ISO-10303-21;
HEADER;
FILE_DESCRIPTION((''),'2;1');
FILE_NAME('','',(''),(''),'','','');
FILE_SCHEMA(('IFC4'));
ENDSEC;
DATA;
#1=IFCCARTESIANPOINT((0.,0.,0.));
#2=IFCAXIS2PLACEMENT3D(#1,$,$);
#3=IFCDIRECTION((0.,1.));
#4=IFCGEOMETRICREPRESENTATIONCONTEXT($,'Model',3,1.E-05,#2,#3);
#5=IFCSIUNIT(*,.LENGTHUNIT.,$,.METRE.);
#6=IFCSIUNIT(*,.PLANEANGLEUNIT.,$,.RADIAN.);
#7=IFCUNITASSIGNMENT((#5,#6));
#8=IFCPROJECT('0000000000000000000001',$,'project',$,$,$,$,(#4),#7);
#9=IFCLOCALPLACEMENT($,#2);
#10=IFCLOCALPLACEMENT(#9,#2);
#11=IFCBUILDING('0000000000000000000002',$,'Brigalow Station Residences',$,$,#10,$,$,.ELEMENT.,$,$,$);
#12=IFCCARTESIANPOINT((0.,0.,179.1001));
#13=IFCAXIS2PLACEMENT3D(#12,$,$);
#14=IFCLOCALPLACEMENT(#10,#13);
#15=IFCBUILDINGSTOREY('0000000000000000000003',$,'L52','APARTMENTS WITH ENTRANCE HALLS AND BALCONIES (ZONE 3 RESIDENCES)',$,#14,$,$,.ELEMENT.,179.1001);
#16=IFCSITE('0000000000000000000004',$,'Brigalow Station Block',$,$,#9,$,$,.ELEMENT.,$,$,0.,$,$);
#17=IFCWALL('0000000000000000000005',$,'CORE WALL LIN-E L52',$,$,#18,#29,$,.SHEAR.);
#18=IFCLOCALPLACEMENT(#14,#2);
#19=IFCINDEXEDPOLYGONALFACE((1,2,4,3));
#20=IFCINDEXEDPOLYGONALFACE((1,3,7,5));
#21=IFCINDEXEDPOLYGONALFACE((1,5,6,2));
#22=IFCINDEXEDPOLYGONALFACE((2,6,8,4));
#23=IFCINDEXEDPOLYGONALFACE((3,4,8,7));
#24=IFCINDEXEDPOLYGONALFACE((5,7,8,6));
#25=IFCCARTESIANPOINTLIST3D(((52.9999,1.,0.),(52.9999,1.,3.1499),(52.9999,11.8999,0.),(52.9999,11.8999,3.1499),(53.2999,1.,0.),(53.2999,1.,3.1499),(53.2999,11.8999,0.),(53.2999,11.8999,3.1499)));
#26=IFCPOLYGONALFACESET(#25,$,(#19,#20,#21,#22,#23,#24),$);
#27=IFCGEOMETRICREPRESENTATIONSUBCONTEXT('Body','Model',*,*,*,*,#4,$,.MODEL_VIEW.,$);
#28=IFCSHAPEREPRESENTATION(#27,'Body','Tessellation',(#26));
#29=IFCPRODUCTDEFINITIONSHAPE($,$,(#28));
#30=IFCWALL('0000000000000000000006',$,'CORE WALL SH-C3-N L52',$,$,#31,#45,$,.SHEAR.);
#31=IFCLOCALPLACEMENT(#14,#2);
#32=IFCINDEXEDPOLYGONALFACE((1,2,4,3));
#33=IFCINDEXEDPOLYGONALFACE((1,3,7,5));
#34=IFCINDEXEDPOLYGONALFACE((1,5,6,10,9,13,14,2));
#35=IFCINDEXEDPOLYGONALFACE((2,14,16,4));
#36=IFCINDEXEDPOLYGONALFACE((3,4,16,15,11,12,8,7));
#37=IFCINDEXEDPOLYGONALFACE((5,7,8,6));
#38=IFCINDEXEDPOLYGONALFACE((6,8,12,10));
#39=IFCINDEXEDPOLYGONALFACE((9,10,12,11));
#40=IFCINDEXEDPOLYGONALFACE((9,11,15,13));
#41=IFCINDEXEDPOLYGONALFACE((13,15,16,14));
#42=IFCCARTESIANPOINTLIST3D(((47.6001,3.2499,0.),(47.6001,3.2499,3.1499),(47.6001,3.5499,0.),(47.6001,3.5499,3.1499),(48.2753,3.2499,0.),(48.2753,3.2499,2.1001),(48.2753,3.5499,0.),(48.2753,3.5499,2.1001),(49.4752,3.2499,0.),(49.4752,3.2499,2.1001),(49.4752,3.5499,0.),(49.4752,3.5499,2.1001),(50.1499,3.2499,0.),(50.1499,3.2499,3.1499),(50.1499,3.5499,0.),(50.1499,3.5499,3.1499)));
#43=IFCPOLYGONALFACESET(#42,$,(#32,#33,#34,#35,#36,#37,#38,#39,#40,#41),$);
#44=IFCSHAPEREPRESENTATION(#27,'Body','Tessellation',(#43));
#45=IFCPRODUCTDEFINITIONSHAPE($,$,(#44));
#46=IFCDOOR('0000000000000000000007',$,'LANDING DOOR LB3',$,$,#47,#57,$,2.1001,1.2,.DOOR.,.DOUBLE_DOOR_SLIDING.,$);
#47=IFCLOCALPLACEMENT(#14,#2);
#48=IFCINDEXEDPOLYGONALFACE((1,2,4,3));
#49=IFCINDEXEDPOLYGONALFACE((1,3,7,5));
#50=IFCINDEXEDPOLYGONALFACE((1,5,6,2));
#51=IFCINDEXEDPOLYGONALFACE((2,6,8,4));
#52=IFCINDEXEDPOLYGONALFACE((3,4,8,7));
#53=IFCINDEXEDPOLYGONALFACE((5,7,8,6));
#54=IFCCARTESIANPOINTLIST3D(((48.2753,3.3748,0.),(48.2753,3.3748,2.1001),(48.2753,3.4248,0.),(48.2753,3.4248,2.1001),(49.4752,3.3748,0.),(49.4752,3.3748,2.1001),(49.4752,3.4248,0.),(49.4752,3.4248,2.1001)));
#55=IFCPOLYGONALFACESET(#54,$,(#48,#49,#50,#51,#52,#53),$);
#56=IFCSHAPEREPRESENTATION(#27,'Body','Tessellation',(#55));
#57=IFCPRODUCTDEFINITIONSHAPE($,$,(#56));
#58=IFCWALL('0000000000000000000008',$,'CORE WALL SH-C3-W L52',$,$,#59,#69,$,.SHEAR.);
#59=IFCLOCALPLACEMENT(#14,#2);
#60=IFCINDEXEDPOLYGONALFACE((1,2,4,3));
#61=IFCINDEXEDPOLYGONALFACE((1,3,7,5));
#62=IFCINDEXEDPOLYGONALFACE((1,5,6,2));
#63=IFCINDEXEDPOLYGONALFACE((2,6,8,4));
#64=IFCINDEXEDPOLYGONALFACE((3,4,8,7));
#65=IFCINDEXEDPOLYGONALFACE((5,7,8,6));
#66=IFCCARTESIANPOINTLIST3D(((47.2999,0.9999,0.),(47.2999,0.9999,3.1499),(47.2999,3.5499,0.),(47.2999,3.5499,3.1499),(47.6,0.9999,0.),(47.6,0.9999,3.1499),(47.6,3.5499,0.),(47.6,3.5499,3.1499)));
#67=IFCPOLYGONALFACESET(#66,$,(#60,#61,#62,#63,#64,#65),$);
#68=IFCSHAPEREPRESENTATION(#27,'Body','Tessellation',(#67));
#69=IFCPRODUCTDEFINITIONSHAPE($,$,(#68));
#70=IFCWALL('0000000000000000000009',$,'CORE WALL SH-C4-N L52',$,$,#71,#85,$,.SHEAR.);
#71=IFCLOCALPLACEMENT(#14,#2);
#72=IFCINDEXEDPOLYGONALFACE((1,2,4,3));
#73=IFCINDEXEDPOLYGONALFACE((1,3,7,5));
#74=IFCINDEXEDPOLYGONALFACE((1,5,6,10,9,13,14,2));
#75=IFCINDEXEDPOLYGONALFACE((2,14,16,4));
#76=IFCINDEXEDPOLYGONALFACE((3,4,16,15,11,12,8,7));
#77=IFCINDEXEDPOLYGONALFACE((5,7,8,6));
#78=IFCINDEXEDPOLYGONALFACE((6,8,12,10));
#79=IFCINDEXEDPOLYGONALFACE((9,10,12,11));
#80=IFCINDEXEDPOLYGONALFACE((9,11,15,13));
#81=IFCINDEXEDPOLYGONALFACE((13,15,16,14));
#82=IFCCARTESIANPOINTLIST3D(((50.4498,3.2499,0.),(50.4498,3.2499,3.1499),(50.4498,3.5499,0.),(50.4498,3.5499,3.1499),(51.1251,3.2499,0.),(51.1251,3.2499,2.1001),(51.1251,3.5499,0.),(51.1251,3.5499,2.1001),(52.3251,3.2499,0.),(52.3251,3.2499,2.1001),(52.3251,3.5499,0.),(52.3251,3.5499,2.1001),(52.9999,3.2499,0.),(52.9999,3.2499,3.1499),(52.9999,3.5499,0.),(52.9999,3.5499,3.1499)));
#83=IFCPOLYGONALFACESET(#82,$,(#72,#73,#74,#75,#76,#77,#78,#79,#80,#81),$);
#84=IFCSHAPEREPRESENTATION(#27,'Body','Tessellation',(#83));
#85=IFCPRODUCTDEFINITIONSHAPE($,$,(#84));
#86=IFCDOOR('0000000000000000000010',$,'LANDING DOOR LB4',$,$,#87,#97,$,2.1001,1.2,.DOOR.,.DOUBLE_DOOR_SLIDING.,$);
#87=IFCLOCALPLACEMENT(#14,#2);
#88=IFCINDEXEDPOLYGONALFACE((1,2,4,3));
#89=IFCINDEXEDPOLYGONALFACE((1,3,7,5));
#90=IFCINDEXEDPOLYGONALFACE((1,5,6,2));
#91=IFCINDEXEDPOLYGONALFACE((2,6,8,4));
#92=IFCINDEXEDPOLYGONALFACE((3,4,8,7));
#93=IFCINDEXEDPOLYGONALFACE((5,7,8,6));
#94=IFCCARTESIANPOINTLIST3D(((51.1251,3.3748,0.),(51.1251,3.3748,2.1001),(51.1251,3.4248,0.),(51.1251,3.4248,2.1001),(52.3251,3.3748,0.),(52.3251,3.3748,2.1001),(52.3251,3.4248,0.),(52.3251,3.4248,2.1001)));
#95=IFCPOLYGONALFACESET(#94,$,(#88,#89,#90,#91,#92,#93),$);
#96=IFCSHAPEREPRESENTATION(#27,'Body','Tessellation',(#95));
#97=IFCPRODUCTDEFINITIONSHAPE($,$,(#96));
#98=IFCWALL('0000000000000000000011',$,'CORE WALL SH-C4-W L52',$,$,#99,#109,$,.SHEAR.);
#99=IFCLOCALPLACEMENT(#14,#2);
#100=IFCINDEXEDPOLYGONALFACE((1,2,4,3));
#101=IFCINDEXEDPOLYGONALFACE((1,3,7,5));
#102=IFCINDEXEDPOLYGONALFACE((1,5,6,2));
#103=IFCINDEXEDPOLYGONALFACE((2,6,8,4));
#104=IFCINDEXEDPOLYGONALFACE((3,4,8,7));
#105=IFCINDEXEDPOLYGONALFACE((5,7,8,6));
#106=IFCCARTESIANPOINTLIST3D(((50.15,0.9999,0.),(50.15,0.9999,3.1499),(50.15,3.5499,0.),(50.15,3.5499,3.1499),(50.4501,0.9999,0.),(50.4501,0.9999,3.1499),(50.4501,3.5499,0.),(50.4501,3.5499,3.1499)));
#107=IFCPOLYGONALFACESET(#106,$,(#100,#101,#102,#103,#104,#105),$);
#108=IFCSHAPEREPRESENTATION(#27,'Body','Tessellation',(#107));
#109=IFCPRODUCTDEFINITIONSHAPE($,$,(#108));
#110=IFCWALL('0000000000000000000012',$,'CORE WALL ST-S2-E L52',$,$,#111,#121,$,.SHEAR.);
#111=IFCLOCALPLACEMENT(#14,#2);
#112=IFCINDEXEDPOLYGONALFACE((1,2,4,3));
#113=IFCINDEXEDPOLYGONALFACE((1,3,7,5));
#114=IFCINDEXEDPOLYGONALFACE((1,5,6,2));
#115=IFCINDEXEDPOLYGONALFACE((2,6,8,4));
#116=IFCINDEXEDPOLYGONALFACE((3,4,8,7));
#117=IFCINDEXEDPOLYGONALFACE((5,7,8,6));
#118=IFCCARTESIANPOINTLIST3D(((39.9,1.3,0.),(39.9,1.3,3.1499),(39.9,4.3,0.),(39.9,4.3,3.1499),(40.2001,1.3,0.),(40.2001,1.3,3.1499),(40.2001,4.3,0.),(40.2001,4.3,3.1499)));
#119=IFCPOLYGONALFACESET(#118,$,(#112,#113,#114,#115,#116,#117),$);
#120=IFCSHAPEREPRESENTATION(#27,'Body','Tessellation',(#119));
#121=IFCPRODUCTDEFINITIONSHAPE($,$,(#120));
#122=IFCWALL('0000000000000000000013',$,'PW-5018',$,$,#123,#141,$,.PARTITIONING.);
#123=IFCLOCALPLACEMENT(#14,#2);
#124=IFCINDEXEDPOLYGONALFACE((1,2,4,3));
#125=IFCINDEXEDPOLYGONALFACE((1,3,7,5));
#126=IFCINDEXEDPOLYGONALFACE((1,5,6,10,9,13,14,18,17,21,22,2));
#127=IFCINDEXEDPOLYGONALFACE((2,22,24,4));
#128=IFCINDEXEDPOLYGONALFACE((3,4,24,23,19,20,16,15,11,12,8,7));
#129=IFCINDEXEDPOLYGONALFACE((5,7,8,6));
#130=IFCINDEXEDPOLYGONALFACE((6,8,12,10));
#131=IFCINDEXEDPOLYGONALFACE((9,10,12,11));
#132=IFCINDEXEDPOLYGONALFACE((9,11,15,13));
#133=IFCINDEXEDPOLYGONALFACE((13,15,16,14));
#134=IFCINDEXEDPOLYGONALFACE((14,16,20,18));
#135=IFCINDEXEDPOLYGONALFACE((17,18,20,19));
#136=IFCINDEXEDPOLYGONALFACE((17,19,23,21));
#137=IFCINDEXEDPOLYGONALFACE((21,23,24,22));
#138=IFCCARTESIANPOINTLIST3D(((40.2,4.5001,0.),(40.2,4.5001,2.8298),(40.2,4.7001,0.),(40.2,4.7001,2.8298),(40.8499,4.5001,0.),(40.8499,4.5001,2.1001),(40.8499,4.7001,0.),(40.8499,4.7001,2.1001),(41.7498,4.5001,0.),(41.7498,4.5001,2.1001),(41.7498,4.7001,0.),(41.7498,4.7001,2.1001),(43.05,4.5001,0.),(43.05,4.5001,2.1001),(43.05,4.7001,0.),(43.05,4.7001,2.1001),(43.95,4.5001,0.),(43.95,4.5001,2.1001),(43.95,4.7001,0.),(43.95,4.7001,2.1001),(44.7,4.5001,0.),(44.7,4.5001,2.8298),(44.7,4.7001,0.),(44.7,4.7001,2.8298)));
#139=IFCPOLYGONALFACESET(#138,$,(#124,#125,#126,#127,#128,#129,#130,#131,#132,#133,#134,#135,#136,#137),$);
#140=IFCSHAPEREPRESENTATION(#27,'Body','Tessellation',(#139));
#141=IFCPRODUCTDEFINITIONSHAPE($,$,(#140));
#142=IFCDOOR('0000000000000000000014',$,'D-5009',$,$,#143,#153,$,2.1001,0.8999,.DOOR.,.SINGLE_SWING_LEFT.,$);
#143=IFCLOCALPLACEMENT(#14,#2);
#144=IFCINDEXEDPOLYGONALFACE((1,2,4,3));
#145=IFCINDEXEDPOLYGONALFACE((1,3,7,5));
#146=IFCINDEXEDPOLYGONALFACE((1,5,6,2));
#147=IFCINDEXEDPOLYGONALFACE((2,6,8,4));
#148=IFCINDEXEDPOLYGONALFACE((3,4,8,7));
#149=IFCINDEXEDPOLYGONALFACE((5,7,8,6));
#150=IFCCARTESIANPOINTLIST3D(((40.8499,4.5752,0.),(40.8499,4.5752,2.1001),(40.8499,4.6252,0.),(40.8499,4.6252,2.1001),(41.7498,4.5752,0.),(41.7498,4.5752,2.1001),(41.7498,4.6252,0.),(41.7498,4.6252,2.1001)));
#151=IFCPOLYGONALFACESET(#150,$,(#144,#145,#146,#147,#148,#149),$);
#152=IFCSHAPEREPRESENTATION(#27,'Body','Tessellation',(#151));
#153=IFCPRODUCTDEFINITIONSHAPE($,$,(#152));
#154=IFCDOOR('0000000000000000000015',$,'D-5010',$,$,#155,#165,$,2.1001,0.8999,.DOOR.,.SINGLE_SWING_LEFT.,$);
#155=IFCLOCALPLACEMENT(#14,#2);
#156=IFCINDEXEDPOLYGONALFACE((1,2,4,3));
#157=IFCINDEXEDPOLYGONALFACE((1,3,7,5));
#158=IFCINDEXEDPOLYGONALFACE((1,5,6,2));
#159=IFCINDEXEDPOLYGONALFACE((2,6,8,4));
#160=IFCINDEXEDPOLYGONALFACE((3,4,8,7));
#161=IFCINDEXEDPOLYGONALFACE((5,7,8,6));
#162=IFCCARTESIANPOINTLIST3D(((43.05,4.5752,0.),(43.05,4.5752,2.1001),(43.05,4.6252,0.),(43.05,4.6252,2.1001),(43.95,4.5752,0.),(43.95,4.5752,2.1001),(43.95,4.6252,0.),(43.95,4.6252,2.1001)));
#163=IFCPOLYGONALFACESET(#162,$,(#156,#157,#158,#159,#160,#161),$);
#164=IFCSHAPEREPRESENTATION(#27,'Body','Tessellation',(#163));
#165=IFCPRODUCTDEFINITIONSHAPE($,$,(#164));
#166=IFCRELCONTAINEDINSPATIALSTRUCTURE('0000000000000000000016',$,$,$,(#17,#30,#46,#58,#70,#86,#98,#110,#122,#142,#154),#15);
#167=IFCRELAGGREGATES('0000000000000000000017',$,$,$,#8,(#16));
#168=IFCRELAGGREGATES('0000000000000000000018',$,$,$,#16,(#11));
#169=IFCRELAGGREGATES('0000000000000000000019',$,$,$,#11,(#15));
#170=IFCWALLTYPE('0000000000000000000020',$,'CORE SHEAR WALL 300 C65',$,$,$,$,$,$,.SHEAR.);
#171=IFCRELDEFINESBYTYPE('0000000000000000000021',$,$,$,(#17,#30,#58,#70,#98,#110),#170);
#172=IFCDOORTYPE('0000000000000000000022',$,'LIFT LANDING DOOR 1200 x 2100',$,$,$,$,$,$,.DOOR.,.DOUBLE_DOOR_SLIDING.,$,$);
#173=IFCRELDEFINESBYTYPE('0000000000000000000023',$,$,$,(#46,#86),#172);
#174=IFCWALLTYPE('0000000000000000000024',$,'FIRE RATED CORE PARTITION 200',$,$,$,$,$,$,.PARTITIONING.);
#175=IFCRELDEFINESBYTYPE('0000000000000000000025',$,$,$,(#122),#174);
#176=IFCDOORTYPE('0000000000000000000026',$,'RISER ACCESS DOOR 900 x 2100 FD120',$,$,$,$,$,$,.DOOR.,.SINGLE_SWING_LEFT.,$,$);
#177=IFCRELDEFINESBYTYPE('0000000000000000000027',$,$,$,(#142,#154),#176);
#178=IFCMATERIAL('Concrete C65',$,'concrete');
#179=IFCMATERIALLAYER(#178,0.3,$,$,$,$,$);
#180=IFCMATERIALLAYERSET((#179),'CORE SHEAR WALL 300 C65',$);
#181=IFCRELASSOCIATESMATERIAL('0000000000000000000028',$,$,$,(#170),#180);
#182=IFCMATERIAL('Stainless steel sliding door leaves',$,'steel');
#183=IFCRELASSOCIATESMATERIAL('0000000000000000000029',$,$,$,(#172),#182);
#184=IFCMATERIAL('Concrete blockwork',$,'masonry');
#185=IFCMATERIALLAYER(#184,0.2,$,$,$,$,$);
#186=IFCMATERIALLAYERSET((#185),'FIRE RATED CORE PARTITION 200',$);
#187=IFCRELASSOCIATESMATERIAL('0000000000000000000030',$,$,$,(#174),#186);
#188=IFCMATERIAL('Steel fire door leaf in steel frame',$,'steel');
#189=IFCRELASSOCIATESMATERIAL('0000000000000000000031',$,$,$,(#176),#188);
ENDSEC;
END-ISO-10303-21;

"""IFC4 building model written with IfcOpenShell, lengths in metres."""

from ifc_helpers import new_model, si_unit, direction, frame, frame_2d, origin, place, context, subcontext, project, spatial, rectangle, extrude, material, layer, layer_set, type_object, element, fill, save


model = new_model("IFC4")

# Units and contexts
model_context = context("Model", 3, precision=1e-05, world=origin(), true_north=direction((0.0, 1.0)))
body_context = subcontext(model_context, "Body", "Model", "MODEL_VIEW")
ifc_project = project(units=[si_unit("LENGTHUNIT", "METRE"), si_unit("PLANEANGLEUNIT", "RADIAN")], contexts=[model_context])

# Site, building, storey
site_placement = place(None, origin())
site = spatial("IfcSite", under=ifc_project, at=site_placement, Name="Brigalow Station Block", CompositionType="ELEMENT", RefElevation=0.0)
building_placement = place(site_placement, origin())
building = spatial("IfcBuilding", under=site, at=building_placement, Name="Brigalow Station Residences", CompositionType="ELEMENT")
storey_placement = place(building_placement, frame((0.0, 0.0, 179.1001)))
storey = spatial("IfcBuildingStorey", under=building, at=storey_placement, Name="L52", Description="APARTMENTS WITH ENTRANCE HALLS AND BALCONIES (ZONE 3 RESIDENCES)", CompositionType="ELEMENT", Elevation=179.1001)

# Wall
ifc_material_1 = material(Name="Concrete C65", Category="concrete")
ifc_layer_1 = layer(ifc_material_1, 0.3)
ifc_layer_set_1 = layer_set([ifc_layer_1], Name="CORE SHEAR WALL 300 C65")
wall_type_1 = type_object("IfcWallType", Name="CORE SHEAR WALL 300 C65", PredefinedType="SHEAR", material=ifc_layer_set_1)
wall_1_placement = place(storey_placement, frame((53.1499, 1.0, 0.0), z_axis=(0.0, 0.0, 1.0), x_axis=(0.0, 1.0, 0.0)))
element("IfcWall", 1, at=wall_1_placement, inside=storey, type_object=wall_type_1, Name="CORE WALL LIN-E L52", PredefinedType="SHEAR", context=body_context, shape_type="SweptSolid", body=[
    extrude(rectangle(XDim=10.8999, YDim=0.3, at=frame_2d((5.45, 0.0))), origin(), (0.0, 0.0, 1.0), 3.1499),
])

# Wall, opening, door
wall_2_placement = place(storey_placement, frame((47.6001, 3.3999, 0.0), z_axis=(0.0, 0.0, 1.0), x_axis=(1.0, 0.0, 0.0)))
wall_2 = element("IfcWall", 2, at=wall_2_placement, inside=storey, type_object=wall_type_1, Name="CORE WALL SH-C3-N L52", PredefinedType="SHEAR", context=body_context, shape_type="SweptSolid", body=[
    extrude(rectangle(XDim=2.5498, YDim=0.3, at=frame_2d((1.2749, 0.0))), origin(), (0.0, 0.0, 1.0), 3.1499),
])
opening_1_placement = place(wall_2_placement, frame((0.675, 0.0, 0.0)))
opening_1 = element("IfcOpeningElement", 3, at=opening_1_placement, cuts=wall_2, PredefinedType="OPENING", context=body_context, shape_type="SweptSolid", body=[
    extrude(rectangle(XDim=1.2, YDim=2.1001, at=frame_2d((0.6001, 1.05))), frame((0.0, 0.1602, 0.0), z_axis=(0.0, -1.0, 0.0), x_axis=(1.0, 0.0, 0.0)), (0.0, 0.0, 1.0), 0.3201),
])
ifc_material_2 = material(Name="Stainless steel sliding door leaves", Category="steel")
door_type_1 = type_object("IfcDoorType", Name="LIFT LANDING DOOR 1200 x 2100", OperationType="DOUBLE_DOOR_SLIDING", PredefinedType="DOOR", material=ifc_material_2)
door_1_placement = place(opening_1_placement, origin())
door_1 = element("IfcDoor", 4, at=door_1_placement, inside=storey, type_object=door_type_1, Name="LANDING DOOR LB3", OperationType="DOUBLE_DOOR_SLIDING", OverallHeight=2.1001, OverallWidth=1.2, PredefinedType="DOOR", context=body_context, shape_type="SweptSolid", body=[
    extrude(rectangle(XDim=1.2, YDim=2.1001, at=frame_2d((0.6001, 1.05))), frame((0.0, 0.0249, 0.0), z_axis=(0.0, -1.0, 0.0), x_axis=(1.0, 0.0, 0.0)), (0.0, 0.0, 1.0), 0.05),
])
fill(opening_1, door_1)

# Wall
wall_3_placement = place(storey_placement, frame((47.45, 1.0, 0.0), z_axis=(0.0, 0.0, 1.0), x_axis=(0.0, 1.0, 0.0)))
element("IfcWall", 5, at=wall_3_placement, inside=storey, type_object=wall_type_1, Name="CORE WALL SH-C3-W L52", PredefinedType="SHEAR", context=body_context, shape_type="SweptSolid", body=[
    extrude(rectangle(XDim=2.55, YDim=0.3, at=frame_2d((1.2749, 0.0))), origin(), (0.0, 0.0, 1.0), 3.1499),
])

# Wall, opening, door
wall_4_placement = place(storey_placement, frame((50.45, 3.3999, 0.0), z_axis=(0.0, 0.0, 1.0), x_axis=(1.0, 0.0, 0.0)))
wall_4 = element("IfcWall", 6, at=wall_4_placement, inside=storey, type_object=wall_type_1, Name="CORE WALL SH-C4-N L52", PredefinedType="SHEAR", context=body_context, shape_type="SweptSolid", body=[
    extrude(rectangle(XDim=2.55, YDim=0.3, at=frame_2d((1.2749, 0.0))), origin(), (0.0, 0.0, 1.0), 3.1499),
])
opening_2_placement = place(wall_4_placement, frame((0.675, 0.0, 0.0)))
opening_2 = element("IfcOpeningElement", 7, at=opening_2_placement, cuts=wall_4, PredefinedType="OPENING", context=body_context, shape_type="SweptSolid", body=[
    extrude(rectangle(XDim=1.2, YDim=2.1001, at=frame_2d((0.6001, 1.05))), frame((0.0, 0.1602, 0.0), z_axis=(0.0, -1.0, 0.0), x_axis=(1.0, 0.0, 0.0)), (0.0, 0.0, 1.0), 0.3201),
])
door_2_placement = place(opening_2_placement, origin())
door_2 = element("IfcDoor", 8, at=door_2_placement, inside=storey, type_object=door_type_1, Name="LANDING DOOR LB4", OperationType="DOUBLE_DOOR_SLIDING", OverallHeight=2.1001, OverallWidth=1.2, PredefinedType="DOOR", context=body_context, shape_type="SweptSolid", body=[
    extrude(rectangle(XDim=1.2, YDim=2.1001, at=frame_2d((0.6001, 1.05))), frame((0.0, 0.0249, 0.0), z_axis=(0.0, -1.0, 0.0), x_axis=(1.0, 0.0, 0.0)), (0.0, 0.0, 1.0), 0.05),
])
fill(opening_2, door_2)

# Walls
wall_5_placement = place(storey_placement, frame((50.3, 1.0, 0.0), z_axis=(0.0, 0.0, 1.0), x_axis=(0.0, 1.0, 0.0)))
element("IfcWall", 9, at=wall_5_placement, inside=storey, type_object=wall_type_1, Name="CORE WALL SH-C4-W L52", PredefinedType="SHEAR", context=body_context, shape_type="SweptSolid", body=[
    extrude(rectangle(XDim=2.55, YDim=0.3, at=frame_2d((1.2749, 0.0))), origin(), (0.0, 0.0, 1.0), 3.1499),
])
wall_6_placement = place(storey_placement, frame((40.05, 1.3, 0.0), z_axis=(0.0, 0.0, 1.0), x_axis=(0.0, 1.0, 0.0)))
element("IfcWall", 10, at=wall_6_placement, inside=storey, type_object=wall_type_1, Name="CORE WALL ST-S2-E L52", PredefinedType="SHEAR", context=body_context, shape_type="SweptSolid", body=[
    extrude(rectangle(XDim=3.0, YDim=0.3, at=frame_2d((1.5, 0.0))), origin(), (0.0, 0.0, 1.0), 3.1499),
])

# Wall, openings, doors
ifc_material_3 = material(Name="Concrete blockwork", Category="masonry")
ifc_layer_2 = layer(ifc_material_3, 0.2)
ifc_layer_set_2 = layer_set([ifc_layer_2], Name="FIRE RATED CORE PARTITION 200")
wall_type_2 = type_object("IfcWallType", Name="FIRE RATED CORE PARTITION 200", PredefinedType="PARTITIONING", material=ifc_layer_set_2)
wall_7_placement = place(storey_placement, frame((40.2, 4.6001, 0.0), z_axis=(0.0, 0.0, 1.0), x_axis=(1.0, 0.0, 0.0)))
wall_7 = element("IfcWall", 11, at=wall_7_placement, inside=storey, type_object=wall_type_2, Name="PW-5018", PredefinedType="PARTITIONING", context=body_context, shape_type="SweptSolid", body=[
    extrude(rectangle(XDim=4.5, YDim=0.2, at=frame_2d((2.25, 0.0))), origin(), (0.0, 0.0, 1.0), 2.8298),
])
opening_3_placement = place(wall_7_placement, frame((0.6499, 0.0, 0.0)))
opening_3 = element("IfcOpeningElement", 12, at=opening_3_placement, cuts=wall_7, PredefinedType="OPENING", context=body_context, shape_type="SweptSolid", body=[
    extrude(rectangle(XDim=0.8999, YDim=2.1001, at=frame_2d((0.45, 1.05))), frame((0.0, 0.1099, 0.0), z_axis=(0.0, -1.0, 0.0), x_axis=(1.0, 0.0, 0.0)), (0.0, 0.0, 1.0), 0.22),
])
opening_4_placement = place(wall_7_placement, frame((2.8501, 0.0, 0.0)))
opening_4 = element("IfcOpeningElement", 13, at=opening_4_placement, cuts=wall_7, PredefinedType="OPENING", context=body_context, shape_type="SweptSolid", body=[
    extrude(rectangle(XDim=0.8999, YDim=2.1001, at=frame_2d((0.45, 1.05))), frame((0.0, 0.1099, 0.0), z_axis=(0.0, -1.0, 0.0), x_axis=(1.0, 0.0, 0.0)), (0.0, 0.0, 1.0), 0.22),
])
ifc_material_4 = material(Name="Steel fire door leaf in steel frame", Category="steel")
door_type_2 = type_object("IfcDoorType", Name="RISER ACCESS DOOR 900 x 2100 FD120", OperationType="SINGLE_SWING_LEFT", PredefinedType="DOOR", material=ifc_material_4)
door_3_placement = place(opening_3_placement, frame((0.8999, 0.0, 0.0), z_axis=(0.0, 0.0, 1.0), x_axis=(-1.0, 0.0, 0.0)))
door_3 = element("IfcDoor", 14, at=door_3_placement, inside=storey, type_object=door_type_2, Name="D-5009", OperationType="SINGLE_SWING_LEFT", OverallHeight=2.1001, OverallWidth=0.8999, PredefinedType="DOOR", context=body_context, shape_type="SweptSolid", body=[
    extrude(rectangle(XDim=0.8999, YDim=2.1001, at=frame_2d((0.45, 1.05))), frame((0.0, 0.0249, 0.0), z_axis=(0.0, -1.0, 0.0), x_axis=(1.0, 0.0, 0.0)), (0.0, 0.0, 1.0), 0.05),
])
fill(opening_3, door_3)
door_4_placement = place(opening_4_placement, frame((0.8999, 0.0, 0.0), z_axis=(0.0, 0.0, 1.0), x_axis=(-1.0, 0.0, 0.0)))
door_4 = element("IfcDoor", 15, at=door_4_placement, inside=storey, type_object=door_type_2, Name="D-5010", OperationType="SINGLE_SWING_LEFT", OverallHeight=2.1001, OverallWidth=0.8999, PredefinedType="DOOR", context=body_context, shape_type="SweptSolid", body=[
    extrude(rectangle(XDim=0.8999, YDim=2.1001, at=frame_2d((0.45, 1.05))), frame((0.0, 0.0249, 0.0), z_axis=(0.0, -1.0, 0.0), x_axis=(1.0, 0.0, 0.0)), (0.0, 0.0, 1.0), 0.05),
])
fill(opening_4, door_4)

save(model, "model.ifc")
